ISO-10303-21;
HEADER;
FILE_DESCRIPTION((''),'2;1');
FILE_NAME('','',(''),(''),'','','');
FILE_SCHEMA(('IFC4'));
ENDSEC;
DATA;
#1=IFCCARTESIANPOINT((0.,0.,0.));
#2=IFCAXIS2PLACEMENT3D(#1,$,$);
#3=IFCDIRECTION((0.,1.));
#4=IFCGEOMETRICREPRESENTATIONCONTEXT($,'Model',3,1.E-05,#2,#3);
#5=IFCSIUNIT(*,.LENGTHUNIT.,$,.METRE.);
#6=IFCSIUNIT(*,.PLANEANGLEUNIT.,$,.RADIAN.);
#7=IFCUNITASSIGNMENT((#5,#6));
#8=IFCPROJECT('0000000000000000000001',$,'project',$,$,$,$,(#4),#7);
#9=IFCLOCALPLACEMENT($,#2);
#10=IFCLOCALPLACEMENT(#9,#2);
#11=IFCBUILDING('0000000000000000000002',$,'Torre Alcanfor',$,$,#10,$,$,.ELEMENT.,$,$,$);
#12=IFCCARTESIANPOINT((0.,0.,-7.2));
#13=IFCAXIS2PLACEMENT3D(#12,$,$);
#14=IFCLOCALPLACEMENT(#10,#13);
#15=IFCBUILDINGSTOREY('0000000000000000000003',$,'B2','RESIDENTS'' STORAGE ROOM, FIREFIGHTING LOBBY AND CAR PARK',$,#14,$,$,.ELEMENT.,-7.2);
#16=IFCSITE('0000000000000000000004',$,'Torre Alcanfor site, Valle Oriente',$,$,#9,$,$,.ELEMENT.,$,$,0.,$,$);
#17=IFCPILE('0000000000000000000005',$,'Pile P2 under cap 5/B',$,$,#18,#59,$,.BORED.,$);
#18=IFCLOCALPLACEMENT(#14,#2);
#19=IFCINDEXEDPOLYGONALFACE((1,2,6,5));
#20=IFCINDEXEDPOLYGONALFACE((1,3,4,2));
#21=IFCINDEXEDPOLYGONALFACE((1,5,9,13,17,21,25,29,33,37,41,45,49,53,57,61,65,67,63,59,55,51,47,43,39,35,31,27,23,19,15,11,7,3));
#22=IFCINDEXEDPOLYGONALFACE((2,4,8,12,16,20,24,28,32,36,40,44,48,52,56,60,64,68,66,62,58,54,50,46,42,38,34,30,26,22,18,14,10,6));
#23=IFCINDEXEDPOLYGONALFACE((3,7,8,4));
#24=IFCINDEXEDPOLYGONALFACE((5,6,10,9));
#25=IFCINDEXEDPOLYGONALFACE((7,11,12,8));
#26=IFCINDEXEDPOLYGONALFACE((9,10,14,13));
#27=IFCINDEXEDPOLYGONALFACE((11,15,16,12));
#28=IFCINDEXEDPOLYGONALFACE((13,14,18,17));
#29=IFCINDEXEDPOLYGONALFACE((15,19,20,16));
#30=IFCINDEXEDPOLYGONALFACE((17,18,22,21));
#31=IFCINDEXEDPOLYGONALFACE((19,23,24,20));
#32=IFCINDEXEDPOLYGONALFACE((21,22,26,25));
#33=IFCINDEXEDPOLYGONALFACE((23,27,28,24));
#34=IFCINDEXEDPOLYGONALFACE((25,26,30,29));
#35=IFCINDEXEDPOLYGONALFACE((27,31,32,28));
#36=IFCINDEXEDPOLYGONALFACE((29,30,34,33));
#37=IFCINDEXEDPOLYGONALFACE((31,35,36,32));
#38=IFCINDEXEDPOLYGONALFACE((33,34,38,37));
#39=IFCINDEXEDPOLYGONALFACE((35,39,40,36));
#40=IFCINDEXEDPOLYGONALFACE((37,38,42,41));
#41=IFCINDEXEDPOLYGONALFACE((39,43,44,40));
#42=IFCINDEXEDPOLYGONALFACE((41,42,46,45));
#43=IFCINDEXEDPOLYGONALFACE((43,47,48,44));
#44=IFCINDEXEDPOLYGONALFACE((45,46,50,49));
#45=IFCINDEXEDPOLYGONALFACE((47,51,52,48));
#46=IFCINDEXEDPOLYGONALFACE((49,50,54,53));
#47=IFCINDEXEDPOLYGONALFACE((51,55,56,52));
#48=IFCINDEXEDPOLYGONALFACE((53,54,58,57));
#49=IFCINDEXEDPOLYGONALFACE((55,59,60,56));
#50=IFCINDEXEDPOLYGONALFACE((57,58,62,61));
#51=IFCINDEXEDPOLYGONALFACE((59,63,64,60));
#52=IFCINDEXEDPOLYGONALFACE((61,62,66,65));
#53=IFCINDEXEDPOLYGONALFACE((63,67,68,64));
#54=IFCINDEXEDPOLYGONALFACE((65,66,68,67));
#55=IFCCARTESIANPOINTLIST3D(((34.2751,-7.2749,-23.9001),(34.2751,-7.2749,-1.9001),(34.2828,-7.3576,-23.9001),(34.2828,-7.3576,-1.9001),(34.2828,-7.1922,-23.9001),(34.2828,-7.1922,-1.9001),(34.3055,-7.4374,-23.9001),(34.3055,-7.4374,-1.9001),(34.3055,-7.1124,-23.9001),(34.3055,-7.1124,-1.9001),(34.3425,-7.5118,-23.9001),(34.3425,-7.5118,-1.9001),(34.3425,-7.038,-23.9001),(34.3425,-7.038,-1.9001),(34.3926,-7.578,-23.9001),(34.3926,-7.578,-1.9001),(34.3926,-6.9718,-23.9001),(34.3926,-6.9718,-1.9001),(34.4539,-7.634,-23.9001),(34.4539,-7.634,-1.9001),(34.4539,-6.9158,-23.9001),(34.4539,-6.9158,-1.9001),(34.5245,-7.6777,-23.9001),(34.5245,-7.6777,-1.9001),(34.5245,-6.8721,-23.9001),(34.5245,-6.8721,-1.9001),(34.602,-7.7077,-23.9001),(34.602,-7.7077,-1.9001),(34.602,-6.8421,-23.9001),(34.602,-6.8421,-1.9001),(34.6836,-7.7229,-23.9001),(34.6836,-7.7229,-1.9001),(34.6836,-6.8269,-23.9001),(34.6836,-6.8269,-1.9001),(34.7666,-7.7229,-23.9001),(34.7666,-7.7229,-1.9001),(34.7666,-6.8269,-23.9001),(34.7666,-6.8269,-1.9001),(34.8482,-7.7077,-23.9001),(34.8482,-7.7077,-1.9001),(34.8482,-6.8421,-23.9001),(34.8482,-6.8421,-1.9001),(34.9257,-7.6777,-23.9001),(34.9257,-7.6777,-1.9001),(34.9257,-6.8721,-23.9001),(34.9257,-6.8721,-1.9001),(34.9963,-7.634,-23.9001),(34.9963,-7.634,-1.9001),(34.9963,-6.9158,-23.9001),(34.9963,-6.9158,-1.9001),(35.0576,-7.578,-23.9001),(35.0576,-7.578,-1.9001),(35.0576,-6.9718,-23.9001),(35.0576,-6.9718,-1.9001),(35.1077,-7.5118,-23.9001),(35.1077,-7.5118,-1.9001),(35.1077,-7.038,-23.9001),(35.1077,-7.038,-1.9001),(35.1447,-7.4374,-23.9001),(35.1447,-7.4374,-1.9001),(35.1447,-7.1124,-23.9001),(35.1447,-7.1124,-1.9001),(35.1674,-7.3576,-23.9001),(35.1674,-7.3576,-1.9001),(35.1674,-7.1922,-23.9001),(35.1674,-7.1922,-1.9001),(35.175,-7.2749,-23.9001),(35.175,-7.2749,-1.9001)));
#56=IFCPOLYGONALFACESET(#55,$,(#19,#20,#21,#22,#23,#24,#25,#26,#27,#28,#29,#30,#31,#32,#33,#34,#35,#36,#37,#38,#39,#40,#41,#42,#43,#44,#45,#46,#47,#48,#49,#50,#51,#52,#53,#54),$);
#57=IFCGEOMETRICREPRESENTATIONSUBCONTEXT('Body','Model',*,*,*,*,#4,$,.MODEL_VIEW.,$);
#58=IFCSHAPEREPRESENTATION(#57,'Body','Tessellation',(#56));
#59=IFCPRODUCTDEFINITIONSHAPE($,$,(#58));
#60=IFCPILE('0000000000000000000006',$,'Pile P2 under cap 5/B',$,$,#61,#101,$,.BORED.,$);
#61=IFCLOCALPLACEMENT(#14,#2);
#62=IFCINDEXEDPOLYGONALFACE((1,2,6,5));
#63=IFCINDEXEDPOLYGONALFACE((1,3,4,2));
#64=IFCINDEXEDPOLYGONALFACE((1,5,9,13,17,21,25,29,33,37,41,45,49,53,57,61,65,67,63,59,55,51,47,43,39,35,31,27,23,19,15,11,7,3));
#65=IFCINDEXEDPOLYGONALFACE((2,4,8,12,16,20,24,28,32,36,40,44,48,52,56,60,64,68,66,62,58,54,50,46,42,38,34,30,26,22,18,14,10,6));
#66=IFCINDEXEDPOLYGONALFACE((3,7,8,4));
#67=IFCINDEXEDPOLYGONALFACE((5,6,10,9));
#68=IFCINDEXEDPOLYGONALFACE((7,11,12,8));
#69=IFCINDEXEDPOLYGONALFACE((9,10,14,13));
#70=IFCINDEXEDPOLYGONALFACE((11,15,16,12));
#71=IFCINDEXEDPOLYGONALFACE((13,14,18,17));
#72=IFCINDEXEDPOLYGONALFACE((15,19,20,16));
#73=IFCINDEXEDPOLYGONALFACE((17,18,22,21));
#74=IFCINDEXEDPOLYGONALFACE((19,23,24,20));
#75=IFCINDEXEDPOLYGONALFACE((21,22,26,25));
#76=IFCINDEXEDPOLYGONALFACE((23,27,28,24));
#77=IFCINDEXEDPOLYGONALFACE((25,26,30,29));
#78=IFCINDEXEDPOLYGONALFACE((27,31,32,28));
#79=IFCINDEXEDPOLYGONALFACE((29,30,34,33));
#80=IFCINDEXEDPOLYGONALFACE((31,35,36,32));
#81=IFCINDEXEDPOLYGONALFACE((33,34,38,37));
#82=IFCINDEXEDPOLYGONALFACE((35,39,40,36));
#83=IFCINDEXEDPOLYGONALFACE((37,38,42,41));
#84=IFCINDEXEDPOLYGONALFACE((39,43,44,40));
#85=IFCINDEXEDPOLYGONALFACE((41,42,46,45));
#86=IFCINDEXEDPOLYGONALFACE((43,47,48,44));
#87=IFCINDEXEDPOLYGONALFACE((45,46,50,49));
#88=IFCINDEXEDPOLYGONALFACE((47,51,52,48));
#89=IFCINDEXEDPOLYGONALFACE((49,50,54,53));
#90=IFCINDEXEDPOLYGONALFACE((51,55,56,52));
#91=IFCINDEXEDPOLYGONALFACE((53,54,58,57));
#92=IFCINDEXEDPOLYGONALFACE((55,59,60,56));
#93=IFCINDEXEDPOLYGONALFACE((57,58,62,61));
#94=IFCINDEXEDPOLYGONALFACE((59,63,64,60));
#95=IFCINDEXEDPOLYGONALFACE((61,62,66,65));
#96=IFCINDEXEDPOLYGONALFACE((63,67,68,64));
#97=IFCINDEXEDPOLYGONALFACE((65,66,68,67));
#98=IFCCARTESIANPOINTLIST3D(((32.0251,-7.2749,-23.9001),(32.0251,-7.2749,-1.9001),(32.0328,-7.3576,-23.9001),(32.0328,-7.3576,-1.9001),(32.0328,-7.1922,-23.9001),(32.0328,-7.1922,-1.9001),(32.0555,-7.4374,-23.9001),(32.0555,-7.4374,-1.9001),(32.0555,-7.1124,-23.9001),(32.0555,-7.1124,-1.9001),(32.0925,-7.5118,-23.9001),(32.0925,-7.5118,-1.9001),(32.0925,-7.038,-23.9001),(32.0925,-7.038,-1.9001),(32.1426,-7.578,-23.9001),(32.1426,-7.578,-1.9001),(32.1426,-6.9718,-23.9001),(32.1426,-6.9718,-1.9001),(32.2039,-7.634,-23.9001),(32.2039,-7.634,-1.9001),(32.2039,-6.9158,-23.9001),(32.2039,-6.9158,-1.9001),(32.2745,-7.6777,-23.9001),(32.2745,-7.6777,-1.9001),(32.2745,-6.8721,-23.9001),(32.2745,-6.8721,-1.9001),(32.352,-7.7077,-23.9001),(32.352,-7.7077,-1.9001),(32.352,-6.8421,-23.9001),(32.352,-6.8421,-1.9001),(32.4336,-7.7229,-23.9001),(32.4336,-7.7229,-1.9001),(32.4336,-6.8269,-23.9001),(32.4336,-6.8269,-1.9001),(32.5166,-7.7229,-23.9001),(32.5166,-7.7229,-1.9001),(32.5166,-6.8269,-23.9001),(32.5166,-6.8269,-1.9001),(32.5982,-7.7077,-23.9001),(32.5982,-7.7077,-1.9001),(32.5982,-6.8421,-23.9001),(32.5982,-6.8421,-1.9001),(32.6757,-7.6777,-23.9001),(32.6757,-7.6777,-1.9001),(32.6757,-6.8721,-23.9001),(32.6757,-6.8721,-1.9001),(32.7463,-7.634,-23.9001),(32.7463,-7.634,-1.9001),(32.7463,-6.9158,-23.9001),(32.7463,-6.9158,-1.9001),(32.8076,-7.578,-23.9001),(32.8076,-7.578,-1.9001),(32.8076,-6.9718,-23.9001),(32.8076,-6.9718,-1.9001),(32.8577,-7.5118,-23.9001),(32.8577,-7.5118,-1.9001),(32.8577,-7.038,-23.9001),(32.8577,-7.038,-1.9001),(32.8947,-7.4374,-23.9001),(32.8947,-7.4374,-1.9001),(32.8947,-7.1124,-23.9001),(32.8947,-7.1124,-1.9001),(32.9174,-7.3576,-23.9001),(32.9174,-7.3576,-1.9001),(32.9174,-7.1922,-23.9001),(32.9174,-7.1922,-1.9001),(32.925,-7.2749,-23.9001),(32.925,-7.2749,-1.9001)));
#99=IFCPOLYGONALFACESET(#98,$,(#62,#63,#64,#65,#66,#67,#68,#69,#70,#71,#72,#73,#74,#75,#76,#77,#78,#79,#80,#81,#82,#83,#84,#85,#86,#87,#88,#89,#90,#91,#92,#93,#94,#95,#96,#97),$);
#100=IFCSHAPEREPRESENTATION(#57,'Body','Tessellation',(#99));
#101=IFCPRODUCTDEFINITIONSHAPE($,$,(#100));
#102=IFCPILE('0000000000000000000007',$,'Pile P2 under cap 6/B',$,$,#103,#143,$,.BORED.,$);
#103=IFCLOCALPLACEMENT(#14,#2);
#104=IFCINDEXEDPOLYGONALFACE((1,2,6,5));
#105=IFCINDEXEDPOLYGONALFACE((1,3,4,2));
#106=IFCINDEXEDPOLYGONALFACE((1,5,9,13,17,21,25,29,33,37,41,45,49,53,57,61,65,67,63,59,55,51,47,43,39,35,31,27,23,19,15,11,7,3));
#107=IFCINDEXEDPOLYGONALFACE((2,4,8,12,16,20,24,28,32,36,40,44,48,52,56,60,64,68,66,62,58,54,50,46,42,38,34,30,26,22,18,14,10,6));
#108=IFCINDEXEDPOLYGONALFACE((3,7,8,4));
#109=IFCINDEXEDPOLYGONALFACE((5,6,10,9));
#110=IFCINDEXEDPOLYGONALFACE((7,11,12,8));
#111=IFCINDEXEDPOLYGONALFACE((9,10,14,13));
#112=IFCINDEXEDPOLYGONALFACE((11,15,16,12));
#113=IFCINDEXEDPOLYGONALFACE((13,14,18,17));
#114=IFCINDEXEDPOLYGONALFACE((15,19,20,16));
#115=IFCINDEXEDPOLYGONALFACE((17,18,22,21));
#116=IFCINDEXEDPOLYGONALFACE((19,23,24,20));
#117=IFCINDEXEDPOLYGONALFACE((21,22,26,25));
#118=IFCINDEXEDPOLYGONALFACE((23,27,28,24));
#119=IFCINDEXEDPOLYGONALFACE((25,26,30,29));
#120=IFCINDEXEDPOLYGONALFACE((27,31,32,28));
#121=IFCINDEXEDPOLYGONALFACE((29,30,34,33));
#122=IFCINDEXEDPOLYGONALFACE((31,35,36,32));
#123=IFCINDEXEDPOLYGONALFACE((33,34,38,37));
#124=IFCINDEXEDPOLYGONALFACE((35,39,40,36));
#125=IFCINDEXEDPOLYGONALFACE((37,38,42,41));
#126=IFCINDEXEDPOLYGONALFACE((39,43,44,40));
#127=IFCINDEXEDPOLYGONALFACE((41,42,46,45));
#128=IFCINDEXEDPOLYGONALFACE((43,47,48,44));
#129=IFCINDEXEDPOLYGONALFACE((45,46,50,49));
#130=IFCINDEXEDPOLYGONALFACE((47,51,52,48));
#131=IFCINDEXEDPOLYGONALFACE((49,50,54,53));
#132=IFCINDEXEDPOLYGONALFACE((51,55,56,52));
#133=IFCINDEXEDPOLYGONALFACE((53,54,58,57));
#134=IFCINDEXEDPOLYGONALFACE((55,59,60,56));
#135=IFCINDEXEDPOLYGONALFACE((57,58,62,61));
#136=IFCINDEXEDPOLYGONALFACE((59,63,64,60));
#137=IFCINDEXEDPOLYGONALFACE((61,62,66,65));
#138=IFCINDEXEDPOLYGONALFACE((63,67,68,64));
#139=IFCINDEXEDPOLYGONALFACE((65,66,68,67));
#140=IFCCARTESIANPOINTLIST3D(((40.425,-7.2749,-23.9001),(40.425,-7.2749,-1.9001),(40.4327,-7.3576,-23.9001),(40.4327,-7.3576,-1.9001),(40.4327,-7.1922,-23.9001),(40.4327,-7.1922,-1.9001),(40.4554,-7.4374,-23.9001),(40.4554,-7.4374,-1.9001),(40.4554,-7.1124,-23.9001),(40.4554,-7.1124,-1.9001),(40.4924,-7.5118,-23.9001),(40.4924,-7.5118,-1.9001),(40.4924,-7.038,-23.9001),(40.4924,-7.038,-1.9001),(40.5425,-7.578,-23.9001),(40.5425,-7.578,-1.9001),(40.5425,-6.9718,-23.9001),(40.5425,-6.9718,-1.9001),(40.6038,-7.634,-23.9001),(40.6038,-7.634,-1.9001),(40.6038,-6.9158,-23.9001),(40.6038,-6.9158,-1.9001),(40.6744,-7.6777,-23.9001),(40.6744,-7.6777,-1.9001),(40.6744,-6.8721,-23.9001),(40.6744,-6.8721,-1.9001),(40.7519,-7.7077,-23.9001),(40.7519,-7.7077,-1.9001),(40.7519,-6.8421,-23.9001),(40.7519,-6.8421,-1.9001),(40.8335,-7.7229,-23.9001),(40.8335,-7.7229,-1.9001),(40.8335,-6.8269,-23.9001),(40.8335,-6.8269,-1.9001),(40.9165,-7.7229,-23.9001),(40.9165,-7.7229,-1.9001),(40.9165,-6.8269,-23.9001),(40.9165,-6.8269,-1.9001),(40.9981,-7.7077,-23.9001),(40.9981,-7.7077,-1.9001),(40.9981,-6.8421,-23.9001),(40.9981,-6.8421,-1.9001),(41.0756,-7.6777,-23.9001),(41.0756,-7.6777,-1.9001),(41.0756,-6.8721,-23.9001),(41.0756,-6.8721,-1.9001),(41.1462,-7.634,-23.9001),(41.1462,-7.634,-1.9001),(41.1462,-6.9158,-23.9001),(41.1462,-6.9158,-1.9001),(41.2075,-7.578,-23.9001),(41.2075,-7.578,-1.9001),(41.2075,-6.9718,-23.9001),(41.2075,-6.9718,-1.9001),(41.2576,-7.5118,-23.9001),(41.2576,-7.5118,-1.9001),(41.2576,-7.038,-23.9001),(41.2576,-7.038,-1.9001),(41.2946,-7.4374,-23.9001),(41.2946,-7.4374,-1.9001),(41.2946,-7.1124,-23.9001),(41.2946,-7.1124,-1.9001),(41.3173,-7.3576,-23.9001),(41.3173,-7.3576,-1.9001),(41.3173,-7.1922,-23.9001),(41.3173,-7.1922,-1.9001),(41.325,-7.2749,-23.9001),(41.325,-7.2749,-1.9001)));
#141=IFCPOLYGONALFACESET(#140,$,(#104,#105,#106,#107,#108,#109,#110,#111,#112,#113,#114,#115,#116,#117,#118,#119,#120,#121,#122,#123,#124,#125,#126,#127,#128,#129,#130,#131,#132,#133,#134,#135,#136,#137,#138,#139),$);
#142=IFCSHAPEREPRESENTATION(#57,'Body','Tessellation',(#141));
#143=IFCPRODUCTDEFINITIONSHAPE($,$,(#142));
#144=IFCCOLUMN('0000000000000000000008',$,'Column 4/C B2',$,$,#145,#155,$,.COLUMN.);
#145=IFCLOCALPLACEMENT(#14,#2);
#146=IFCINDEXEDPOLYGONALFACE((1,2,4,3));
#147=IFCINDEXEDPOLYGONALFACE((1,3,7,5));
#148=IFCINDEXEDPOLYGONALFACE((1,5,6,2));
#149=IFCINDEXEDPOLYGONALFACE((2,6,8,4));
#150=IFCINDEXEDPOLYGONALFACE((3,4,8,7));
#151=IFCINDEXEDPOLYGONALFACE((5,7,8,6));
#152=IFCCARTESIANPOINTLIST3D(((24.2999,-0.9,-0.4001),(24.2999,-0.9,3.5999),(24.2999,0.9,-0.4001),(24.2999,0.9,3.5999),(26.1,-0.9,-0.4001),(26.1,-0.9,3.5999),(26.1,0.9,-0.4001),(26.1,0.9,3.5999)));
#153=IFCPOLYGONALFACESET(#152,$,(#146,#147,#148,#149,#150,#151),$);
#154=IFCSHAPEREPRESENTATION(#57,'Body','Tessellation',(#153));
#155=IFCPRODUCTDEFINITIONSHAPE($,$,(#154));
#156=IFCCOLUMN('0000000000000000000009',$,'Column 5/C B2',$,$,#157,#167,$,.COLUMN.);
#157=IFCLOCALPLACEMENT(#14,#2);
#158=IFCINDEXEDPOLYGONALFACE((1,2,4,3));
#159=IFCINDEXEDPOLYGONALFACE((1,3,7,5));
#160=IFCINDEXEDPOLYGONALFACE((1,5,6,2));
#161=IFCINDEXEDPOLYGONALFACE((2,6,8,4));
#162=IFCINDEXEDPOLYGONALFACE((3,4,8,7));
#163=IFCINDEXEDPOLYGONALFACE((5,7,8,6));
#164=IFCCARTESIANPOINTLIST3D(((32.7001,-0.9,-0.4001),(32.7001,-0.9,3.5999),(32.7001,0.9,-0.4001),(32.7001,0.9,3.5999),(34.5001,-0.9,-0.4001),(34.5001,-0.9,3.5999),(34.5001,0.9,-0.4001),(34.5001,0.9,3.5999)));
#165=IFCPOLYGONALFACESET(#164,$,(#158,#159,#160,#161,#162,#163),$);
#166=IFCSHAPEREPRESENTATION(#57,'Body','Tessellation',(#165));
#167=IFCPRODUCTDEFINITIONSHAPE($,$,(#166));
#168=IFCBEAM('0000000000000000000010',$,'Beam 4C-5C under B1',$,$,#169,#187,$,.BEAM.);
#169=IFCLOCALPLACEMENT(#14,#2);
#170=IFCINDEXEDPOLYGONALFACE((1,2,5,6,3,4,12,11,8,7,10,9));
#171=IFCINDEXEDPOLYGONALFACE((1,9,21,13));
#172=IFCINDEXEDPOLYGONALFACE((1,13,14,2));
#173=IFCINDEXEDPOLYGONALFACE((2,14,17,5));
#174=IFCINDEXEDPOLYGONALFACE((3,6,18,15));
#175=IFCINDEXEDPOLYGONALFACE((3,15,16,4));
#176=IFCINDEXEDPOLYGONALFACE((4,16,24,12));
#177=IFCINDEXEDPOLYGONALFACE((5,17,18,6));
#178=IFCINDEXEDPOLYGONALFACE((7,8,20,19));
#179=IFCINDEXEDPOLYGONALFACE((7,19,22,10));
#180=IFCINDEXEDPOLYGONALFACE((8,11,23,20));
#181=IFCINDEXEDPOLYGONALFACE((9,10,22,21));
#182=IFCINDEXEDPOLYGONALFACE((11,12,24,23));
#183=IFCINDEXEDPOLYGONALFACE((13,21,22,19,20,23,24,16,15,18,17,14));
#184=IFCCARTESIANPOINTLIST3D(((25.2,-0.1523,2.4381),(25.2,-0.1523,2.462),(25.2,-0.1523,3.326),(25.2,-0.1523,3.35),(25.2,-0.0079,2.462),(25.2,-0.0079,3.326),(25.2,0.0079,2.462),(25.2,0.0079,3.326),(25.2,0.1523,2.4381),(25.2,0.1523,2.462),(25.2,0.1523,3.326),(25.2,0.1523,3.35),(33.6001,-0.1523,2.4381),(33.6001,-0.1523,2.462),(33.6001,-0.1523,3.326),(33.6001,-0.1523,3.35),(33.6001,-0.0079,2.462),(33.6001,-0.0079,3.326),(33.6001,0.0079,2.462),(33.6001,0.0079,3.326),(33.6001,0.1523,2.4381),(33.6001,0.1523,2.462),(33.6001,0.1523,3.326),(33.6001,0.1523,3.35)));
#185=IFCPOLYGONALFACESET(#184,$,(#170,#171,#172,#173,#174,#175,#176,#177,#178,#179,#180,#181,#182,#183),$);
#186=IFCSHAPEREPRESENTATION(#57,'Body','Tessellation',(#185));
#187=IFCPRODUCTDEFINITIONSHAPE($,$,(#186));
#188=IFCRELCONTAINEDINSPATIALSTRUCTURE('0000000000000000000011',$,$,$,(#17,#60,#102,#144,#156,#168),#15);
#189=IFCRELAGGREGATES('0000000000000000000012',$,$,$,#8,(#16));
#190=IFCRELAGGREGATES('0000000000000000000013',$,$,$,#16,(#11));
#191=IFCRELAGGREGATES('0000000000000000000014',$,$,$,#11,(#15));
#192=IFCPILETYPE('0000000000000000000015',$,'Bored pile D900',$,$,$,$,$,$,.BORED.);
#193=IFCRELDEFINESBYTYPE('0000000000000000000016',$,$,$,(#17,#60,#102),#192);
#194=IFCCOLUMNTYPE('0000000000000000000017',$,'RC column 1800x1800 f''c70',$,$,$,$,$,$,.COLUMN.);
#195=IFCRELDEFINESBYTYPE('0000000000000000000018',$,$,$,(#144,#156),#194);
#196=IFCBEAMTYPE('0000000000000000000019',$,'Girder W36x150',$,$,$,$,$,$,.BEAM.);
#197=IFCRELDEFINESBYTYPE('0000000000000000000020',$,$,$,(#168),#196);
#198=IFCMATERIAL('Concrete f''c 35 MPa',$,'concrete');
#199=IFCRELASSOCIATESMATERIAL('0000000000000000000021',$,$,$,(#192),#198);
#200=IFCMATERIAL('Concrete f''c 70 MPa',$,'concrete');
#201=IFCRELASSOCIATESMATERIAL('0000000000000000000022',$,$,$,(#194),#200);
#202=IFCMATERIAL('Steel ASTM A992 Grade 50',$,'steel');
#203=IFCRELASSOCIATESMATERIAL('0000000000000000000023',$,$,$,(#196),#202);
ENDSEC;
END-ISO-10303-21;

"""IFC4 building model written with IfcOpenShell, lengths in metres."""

from ifc_helpers import new_model, si_unit, direction, frame, origin, origin_2d, place, context, subcontext, project, spatial, rectangle, circle, i_section, extrude, material, material_profile, profile_set, type_object, element, save


model = new_model("IFC4")

# Units and contexts
model_context = context("Model", 3, precision=1e-05, world=origin(), true_north=direction((0.0, 1.0)))
body_context = subcontext(model_context, "Body", "Model", "MODEL_VIEW")
ifc_project = project(units=[si_unit("LENGTHUNIT", "METRE"), si_unit("PLANEANGLEUNIT", "RADIAN")], contexts=[model_context])

# Site, building, storey
site_placement = place(None, origin())
site = spatial("IfcSite", under=ifc_project, at=site_placement, Name="Torre Alcanfor site, Valle Oriente", CompositionType="ELEMENT", RefElevation=0.0)
building_placement = place(site_placement, origin())
building = spatial("IfcBuilding", under=site, at=building_placement, Name="Torre Alcanfor", CompositionType="ELEMENT")
storey_placement = place(building_placement, frame((0.0, 0.0, -7.2)))
storey = spatial("IfcBuildingStorey", under=building, at=storey_placement, Name="B2", Description="RESIDENTS' STORAGE ROOM, FIREFIGHTING LOBBY AND CAR PARK", CompositionType="ELEMENT", Elevation=-7.2)

# Piles
ifc_material_1 = material(Name="Concrete f'c 35 MPa", Category="concrete")
ifc_material_profile_1 = material_profile(ifc_material_1, circle(Radius=0.45, at=origin_2d()), Name="D900")
ifc_profile_set_1 = profile_set([ifc_material_profile_1], Name="Concrete f'c 35 MPa")
pile_type_1 = type_object("IfcPileType", Name="Bored pile D900", PredefinedType="BORED", material=ifc_profile_set_1)
for number, where, z_axis, x_axis, name in (
    (1, (34.7251, -7.2749, -1.9001), (0.0, 0.0, -1.0), (1.0, 0.0, 0.0), "Pile P2 under cap 5/B"),
    (2, (32.4751, -7.2749, -1.9001), (0.0, 0.0, -1.0), (1.0, 0.0, 0.0), "Pile P2 under cap 5/B"),
    (3, (40.875, -7.2749, -1.9001), (0.0, 0.0, -1.0), (1.0, 0.0, 0.0), "Pile P2 under cap 6/B"),
):
    element("IfcPile", number, at=place(storey_placement, frame(where, z_axis=z_axis, x_axis=x_axis)), inside=storey, type_object=pile_type_1, Name=name, PredefinedType="BORED", context=body_context, shape_type="SweptSolid", body=[
        extrude(circle(Radius=0.45, at=origin_2d()), origin(), (0.0, 0.0, 1.0), 22.0),
    ])

# Columns
ifc_material_2 = material(Name="Concrete f'c 70 MPa", Category="concrete")
ifc_material_profile_2 = material_profile(ifc_material_2, rectangle(XDim=1.8, YDim=1.8, at=origin_2d()), Name="1800x1800")
ifc_profile_set_2 = profile_set([ifc_material_profile_2], Name="Concrete f'c 70 MPa")
column_type = type_object("IfcColumnType", Name="RC column 1800x1800 f'c70", PredefinedType="COLUMN", material=ifc_profile_set_2)
for number, where, z_axis, x_axis, name in (
    (4, (25.2, 0.0, -0.4001), (0.0, 0.0, 1.0), (1.0, 0.0, 0.0), "Column 4/C B2"),
    (5, (33.6001, 0.0, -0.4001), (0.0, 0.0, 1.0), (1.0, 0.0, 0.0), "Column 5/C B2"),
):
    element("IfcColumn", number, at=place(storey_placement, frame(where, z_axis=z_axis, x_axis=x_axis)), inside=storey, type_object=column_type, Name=name, PredefinedType="COLUMN", context=body_context, shape_type="SweptSolid", body=[
        extrude(rectangle(XDim=1.8, YDim=1.8, at=origin_2d()), origin(), (0.0, 0.0, 1.0), 4.0),
    ])

# Beam
ifc_material_3 = material(Name="Steel ASTM A992 Grade 50", Category="steel")
ifc_material_profile_3 = material_profile(ifc_material_3, i_section(OverallWidth=0.3047, OverallDepth=0.9119, WebThickness=0.0159, FlangeThickness=0.0239, at=origin_2d()), Name="W36x150")
ifc_profile_set_3 = profile_set([ifc_material_profile_3], Name="Steel ASTM A992 Grade 50")
beam_type_1 = type_object("IfcBeamType", Name="Girder W36x150", PredefinedType="BEAM", material=ifc_profile_set_3)
beam_placement = place(storey_placement, frame((25.2, 0.0, 2.894), z_axis=(1.0, 0.0, 0.0), x_axis=(0.0, 1.0, 0.0)))
element("IfcBeam", 6, at=beam_placement, inside=storey, type_object=beam_type_1, Name="Beam 4C-5C under B1", PredefinedType="BEAM", context=body_context, shape_type="SweptSolid", body=[
    extrude(i_section(OverallWidth=0.3047, OverallDepth=0.9119, WebThickness=0.0159, FlangeThickness=0.0239, at=origin_2d()), origin(), (0.0, 0.0, 1.0), 8.4001),
])

save(model, "model.ifc")
